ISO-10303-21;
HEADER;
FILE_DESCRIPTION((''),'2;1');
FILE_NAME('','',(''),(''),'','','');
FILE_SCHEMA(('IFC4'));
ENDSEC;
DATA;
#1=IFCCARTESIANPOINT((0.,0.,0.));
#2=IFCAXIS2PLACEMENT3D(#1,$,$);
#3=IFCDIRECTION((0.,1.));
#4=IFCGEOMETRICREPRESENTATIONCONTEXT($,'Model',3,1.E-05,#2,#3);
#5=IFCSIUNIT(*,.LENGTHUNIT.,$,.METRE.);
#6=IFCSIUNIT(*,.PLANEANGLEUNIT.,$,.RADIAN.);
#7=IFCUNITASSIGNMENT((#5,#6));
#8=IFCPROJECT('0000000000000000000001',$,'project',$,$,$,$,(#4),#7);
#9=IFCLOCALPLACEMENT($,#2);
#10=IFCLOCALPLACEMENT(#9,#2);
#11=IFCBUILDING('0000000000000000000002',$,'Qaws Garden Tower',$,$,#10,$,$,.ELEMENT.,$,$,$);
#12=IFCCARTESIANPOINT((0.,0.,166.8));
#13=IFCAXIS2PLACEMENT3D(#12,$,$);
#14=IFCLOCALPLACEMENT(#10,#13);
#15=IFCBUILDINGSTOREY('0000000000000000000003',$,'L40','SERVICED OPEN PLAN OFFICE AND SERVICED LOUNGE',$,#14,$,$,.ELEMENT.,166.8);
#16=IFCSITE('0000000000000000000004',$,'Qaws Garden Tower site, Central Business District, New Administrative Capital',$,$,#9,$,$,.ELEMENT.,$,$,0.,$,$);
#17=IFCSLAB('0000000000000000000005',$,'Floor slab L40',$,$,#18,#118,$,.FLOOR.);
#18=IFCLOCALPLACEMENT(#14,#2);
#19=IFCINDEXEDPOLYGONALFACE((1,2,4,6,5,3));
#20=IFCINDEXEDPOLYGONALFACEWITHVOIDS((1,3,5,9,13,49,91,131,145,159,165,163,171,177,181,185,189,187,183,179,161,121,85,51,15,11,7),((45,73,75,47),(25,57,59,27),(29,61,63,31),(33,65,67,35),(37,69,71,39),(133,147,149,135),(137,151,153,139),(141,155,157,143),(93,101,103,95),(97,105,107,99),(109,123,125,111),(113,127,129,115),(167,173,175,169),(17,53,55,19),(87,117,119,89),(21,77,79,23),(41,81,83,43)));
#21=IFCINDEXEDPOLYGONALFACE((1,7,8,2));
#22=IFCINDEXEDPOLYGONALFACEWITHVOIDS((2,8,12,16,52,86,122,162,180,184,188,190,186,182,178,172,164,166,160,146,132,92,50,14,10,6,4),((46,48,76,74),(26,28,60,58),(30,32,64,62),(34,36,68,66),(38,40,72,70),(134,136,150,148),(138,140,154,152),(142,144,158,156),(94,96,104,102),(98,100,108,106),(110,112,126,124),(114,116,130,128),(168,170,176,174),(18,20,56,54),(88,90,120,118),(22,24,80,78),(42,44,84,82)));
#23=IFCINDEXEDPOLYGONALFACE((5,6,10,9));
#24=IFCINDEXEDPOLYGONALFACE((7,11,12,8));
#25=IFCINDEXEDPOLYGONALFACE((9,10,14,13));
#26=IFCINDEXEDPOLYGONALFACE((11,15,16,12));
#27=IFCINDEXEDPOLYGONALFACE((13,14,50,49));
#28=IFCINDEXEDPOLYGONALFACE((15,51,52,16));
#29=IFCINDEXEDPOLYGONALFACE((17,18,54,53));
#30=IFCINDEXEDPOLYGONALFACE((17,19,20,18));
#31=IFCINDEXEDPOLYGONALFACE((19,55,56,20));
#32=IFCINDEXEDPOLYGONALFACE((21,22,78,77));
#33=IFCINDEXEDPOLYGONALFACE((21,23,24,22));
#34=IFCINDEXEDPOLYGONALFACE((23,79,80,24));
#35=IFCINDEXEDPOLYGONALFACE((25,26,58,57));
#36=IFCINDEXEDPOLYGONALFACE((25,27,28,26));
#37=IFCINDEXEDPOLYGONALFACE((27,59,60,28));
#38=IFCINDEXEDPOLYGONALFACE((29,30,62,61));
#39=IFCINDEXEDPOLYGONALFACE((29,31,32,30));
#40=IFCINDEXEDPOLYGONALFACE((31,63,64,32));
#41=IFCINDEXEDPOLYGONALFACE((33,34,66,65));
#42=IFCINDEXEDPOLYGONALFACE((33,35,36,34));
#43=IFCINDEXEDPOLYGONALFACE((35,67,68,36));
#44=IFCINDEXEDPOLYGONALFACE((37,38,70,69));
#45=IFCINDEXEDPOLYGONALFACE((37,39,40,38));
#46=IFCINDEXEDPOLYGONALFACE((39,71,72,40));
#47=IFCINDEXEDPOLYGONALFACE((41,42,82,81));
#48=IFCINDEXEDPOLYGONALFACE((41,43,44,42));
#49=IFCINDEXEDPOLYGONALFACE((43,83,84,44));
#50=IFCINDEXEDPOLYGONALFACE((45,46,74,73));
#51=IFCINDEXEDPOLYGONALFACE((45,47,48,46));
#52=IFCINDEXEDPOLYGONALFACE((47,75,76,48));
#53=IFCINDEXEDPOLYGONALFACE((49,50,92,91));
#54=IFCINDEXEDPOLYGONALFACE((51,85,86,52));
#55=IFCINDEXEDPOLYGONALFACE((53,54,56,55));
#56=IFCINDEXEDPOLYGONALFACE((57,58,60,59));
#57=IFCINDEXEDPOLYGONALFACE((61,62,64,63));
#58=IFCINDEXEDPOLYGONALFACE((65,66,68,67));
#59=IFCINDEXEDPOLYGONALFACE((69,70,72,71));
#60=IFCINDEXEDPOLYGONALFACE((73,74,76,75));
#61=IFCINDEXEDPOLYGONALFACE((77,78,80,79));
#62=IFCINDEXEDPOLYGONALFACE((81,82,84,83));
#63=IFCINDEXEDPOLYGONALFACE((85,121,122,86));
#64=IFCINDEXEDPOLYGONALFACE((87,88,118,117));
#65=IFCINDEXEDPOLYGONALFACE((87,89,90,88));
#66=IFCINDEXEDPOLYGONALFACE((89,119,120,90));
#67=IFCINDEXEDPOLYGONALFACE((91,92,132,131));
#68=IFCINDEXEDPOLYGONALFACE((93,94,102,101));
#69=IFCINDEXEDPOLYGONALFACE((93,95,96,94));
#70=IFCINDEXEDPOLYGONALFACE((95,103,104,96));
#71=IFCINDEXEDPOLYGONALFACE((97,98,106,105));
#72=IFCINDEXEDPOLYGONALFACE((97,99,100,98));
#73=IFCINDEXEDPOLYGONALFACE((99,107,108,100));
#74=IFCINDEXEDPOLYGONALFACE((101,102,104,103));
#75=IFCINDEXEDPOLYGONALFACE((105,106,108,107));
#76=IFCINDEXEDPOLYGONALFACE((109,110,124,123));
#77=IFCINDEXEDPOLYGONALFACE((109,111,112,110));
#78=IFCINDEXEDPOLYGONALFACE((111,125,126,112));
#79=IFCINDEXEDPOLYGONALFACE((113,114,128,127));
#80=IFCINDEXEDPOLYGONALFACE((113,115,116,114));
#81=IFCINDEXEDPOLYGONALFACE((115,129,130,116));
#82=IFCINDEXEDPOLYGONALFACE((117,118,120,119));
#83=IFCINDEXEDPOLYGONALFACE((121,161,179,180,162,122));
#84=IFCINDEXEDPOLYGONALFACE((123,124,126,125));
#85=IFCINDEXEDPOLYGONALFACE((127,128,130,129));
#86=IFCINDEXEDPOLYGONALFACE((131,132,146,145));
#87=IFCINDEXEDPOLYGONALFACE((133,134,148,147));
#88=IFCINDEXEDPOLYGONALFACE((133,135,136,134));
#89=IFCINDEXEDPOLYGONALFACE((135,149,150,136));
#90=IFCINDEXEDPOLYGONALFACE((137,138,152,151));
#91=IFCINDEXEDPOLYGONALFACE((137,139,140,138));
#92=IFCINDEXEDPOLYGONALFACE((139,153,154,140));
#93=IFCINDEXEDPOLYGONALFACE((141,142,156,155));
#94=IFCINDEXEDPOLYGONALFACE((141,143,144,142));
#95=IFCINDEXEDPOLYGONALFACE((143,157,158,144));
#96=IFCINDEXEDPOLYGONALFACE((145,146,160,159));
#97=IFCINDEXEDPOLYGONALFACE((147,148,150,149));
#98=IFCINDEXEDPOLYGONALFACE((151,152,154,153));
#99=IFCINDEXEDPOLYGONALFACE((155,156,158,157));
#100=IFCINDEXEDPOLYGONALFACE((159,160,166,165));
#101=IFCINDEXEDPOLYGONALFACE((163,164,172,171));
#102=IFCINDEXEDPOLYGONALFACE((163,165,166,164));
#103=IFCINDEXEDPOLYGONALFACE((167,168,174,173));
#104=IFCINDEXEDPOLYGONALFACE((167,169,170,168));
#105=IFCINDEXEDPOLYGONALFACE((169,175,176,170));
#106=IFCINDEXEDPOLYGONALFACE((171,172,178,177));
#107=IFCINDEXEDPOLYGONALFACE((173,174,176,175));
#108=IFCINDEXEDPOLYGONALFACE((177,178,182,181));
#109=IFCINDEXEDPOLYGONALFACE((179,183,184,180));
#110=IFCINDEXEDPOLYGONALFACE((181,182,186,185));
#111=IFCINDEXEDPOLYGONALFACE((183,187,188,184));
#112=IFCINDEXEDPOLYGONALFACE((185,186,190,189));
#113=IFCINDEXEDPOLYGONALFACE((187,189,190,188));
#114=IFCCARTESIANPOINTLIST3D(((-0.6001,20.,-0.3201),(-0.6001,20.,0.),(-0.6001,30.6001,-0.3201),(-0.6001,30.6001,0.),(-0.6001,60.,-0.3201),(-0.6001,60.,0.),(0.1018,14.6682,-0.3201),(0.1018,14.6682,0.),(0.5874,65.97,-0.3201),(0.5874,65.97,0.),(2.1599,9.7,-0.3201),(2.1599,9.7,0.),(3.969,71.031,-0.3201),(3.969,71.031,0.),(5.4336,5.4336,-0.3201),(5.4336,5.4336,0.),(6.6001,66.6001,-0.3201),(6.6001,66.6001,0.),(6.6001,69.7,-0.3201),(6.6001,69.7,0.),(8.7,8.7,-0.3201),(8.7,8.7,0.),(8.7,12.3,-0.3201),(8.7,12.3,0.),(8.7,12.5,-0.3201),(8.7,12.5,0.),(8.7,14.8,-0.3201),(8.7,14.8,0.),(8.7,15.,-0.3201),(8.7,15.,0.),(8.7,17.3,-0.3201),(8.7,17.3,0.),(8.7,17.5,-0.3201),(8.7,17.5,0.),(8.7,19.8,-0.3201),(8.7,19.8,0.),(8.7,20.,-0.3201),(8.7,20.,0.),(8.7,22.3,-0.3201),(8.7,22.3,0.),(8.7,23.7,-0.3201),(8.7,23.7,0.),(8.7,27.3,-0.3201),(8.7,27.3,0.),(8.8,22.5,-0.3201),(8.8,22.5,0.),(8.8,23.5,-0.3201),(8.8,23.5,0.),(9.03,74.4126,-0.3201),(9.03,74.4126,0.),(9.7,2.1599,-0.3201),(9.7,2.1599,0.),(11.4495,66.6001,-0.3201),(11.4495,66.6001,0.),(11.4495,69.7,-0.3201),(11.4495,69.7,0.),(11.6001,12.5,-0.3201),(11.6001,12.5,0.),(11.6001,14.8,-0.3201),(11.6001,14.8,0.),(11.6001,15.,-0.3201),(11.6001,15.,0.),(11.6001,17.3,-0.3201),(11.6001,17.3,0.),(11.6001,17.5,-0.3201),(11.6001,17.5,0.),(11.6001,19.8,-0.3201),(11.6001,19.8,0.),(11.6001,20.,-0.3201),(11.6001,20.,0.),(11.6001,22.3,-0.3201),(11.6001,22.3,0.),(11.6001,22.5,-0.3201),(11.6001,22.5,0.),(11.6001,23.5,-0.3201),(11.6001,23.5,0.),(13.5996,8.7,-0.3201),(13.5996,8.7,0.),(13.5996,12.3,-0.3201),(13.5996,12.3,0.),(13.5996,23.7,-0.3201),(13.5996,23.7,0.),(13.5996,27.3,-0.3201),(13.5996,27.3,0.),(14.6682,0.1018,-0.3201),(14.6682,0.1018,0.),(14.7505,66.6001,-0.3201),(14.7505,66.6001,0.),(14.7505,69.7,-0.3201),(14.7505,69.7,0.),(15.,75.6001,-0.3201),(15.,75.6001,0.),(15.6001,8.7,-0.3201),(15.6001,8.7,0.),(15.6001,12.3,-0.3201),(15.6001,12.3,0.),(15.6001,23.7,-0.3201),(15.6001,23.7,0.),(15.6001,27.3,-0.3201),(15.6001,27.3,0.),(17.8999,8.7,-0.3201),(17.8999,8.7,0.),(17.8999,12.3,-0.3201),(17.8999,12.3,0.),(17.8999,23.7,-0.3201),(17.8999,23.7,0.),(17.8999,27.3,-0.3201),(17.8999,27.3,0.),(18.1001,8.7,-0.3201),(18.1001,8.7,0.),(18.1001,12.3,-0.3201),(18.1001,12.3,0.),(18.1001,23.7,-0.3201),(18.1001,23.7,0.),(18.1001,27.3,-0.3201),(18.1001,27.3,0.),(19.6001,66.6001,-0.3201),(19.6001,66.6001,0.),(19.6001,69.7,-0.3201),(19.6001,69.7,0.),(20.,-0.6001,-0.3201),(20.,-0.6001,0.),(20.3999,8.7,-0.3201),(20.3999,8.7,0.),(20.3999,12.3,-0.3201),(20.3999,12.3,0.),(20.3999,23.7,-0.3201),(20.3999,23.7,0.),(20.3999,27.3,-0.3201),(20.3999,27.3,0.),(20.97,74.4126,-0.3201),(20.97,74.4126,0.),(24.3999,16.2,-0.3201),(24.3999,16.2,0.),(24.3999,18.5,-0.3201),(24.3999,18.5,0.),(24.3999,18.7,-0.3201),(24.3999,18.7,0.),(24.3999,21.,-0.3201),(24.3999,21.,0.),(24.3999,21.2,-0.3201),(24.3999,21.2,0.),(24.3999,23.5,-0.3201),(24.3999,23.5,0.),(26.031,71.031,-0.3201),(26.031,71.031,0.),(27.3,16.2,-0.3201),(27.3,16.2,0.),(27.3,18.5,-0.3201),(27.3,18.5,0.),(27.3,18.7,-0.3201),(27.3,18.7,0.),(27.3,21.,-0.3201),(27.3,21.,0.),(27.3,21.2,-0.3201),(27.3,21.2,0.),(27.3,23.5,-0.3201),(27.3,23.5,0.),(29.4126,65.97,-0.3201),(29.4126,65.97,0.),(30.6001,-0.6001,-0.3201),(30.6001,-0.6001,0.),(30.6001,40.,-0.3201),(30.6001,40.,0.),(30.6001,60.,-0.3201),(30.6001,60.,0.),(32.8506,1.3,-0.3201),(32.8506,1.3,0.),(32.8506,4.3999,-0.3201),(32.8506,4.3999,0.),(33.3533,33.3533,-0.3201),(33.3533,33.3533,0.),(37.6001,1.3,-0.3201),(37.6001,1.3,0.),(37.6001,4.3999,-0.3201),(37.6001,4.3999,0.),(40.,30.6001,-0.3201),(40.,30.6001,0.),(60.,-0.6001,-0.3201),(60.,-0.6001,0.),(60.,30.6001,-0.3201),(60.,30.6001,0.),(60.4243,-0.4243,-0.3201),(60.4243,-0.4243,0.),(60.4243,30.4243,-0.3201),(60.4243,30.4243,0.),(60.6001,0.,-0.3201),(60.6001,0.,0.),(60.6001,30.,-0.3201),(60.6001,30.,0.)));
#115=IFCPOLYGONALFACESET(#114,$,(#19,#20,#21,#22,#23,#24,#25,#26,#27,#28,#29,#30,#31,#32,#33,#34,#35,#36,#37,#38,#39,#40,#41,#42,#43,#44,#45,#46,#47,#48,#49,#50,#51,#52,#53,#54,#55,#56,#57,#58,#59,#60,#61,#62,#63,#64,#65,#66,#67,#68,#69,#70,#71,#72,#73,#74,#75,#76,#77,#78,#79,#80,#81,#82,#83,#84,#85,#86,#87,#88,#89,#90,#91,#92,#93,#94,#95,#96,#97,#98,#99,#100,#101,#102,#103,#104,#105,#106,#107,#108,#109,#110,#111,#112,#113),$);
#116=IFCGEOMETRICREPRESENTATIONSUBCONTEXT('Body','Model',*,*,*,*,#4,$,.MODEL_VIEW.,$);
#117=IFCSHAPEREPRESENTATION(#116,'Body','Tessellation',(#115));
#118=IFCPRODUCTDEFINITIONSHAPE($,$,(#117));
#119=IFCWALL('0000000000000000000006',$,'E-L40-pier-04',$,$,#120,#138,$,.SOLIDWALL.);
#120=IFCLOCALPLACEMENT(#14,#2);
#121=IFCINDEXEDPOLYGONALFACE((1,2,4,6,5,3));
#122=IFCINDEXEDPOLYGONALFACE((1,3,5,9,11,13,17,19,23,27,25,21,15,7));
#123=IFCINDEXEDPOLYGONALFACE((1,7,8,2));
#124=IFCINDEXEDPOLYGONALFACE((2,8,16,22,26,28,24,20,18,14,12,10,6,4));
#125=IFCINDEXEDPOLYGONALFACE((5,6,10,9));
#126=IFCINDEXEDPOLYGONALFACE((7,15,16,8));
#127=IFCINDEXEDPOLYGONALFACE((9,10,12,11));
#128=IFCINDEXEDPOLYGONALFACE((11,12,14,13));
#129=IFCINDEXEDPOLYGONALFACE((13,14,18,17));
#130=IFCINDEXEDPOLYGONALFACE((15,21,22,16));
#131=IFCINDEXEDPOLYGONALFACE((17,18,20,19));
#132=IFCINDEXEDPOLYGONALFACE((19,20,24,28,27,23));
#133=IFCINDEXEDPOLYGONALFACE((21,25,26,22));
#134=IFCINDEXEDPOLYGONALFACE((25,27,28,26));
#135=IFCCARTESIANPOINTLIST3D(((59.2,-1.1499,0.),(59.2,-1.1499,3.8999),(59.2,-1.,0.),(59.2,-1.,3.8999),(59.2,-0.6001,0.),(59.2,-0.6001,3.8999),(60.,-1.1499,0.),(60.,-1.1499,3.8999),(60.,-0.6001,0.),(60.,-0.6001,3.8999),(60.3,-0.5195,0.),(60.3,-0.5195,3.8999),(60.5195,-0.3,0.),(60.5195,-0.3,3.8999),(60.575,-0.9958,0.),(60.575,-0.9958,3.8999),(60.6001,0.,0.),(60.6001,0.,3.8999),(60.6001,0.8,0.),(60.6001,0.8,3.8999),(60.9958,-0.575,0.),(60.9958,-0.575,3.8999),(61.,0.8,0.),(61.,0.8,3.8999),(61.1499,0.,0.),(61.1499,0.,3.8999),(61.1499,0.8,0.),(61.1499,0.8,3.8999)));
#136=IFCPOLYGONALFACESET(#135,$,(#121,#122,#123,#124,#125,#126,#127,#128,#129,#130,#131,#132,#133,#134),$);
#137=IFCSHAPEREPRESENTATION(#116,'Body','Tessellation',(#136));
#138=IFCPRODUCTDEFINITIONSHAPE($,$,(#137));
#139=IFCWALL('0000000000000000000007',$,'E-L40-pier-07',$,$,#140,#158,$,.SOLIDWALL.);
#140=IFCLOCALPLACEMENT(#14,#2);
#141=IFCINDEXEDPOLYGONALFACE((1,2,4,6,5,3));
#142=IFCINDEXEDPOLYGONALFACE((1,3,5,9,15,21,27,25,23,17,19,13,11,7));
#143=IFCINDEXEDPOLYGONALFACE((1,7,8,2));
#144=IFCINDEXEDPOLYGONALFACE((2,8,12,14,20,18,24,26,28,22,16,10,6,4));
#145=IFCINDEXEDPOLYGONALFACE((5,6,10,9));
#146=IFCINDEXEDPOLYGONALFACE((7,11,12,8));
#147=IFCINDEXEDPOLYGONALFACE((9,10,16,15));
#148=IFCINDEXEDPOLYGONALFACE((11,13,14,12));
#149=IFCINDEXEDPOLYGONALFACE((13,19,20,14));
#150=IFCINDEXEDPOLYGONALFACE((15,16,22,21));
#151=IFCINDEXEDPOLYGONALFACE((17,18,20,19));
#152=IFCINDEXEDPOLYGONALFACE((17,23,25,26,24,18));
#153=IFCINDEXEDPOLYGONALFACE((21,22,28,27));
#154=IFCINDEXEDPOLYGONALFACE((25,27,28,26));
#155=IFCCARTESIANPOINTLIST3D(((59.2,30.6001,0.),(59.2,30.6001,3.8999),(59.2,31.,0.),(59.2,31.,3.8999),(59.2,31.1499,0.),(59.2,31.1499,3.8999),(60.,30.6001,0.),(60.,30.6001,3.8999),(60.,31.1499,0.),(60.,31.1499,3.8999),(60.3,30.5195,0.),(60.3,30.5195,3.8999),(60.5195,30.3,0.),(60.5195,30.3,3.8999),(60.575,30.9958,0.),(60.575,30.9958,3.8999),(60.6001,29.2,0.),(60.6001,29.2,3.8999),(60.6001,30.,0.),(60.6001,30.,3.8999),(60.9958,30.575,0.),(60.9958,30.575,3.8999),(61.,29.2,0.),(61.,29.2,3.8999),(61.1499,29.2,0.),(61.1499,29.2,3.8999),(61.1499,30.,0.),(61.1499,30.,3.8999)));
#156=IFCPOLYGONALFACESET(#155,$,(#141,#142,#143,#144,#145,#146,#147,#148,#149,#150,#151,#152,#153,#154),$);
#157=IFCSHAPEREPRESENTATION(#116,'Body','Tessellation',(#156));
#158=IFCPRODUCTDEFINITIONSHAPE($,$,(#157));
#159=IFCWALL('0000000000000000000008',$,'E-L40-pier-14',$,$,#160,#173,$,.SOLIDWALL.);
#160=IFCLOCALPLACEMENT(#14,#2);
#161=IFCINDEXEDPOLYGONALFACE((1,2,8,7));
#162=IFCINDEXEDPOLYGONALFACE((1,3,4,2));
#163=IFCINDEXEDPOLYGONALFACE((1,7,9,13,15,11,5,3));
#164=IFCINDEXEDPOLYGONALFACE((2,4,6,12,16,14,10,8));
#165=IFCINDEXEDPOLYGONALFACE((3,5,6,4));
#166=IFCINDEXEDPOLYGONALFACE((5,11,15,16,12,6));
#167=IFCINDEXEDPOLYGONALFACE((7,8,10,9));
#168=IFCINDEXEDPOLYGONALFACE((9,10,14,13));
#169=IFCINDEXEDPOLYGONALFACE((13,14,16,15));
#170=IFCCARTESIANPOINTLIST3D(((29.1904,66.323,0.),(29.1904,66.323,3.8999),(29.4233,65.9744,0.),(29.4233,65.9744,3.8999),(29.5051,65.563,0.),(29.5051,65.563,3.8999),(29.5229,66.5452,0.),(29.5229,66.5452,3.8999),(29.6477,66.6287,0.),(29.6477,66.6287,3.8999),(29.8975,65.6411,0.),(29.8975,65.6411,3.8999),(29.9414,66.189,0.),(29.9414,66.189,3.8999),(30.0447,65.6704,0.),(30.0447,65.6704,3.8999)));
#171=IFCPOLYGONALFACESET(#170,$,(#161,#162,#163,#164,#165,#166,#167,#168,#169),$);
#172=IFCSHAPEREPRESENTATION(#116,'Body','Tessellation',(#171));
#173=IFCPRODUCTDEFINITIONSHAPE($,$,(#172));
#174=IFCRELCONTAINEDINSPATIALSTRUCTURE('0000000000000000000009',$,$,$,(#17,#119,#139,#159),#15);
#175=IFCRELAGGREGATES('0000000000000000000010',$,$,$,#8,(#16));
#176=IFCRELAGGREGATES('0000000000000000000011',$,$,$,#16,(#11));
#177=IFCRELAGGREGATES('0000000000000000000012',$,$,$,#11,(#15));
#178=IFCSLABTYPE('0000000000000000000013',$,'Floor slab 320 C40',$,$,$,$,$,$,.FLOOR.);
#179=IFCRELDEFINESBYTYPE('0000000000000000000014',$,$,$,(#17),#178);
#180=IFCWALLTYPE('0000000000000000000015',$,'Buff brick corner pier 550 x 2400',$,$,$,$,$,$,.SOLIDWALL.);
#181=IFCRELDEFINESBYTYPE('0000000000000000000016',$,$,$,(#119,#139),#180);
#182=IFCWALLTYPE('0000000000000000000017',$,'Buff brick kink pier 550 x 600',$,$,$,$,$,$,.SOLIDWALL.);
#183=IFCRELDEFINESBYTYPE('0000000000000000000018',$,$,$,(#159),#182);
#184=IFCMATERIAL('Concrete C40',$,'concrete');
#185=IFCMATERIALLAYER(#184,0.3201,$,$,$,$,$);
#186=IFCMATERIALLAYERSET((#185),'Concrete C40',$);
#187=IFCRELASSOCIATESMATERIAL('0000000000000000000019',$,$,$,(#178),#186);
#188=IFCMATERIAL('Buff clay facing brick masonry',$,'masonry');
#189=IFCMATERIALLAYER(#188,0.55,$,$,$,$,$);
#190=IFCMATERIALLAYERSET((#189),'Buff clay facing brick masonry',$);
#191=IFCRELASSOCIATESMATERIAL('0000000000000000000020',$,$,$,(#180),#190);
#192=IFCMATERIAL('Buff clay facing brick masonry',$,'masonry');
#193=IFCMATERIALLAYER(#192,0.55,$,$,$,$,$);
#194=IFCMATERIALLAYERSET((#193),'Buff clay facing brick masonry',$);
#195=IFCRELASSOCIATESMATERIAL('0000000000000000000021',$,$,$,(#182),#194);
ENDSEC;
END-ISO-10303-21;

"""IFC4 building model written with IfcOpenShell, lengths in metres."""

from ifc_helpers import new_model, si_unit, direction, frame, origin, place, context, subcontext, project, spatial, polyline, outline, extrude, material, layer, layer_set, type_object, element, save


model = new_model("IFC4")

# Units and contexts
model_context = context("Model", 3, precision=1e-05, world=origin(), true_north=direction((0.0, 1.0)))
body_context = subcontext(model_context, "Body", "Model", "MODEL_VIEW")
ifc_project = project(units=[si_unit("LENGTHUNIT", "METRE"), si_unit("PLANEANGLEUNIT", "RADIAN")], contexts=[model_context])

# Site, building, storey
site_placement = place(None, origin())
site = spatial("IfcSite", under=ifc_project, at=site_placement, Name="Qaws Garden Tower site, Central Business District, New Administrative Capital", CompositionType="ELEMENT", RefElevation=0.0)
building_placement = place(site_placement, origin())
building = spatial("IfcBuilding", under=site, at=building_placement, Name="Qaws Garden Tower", CompositionType="ELEMENT")
storey_placement = place(building_placement, frame((0.0, 0.0, 166.8)))
storey = spatial("IfcBuildingStorey", under=building, at=storey_placement, Name="L40", Description="SERVICED OPEN PLAN OFFICE AND SERVICED LOUNGE", CompositionType="ELEMENT", Elevation=166.8)

# Slab
ifc_material_1 = material(Name="Concrete C40", Category="concrete")
ifc_layer_1 = layer(ifc_material_1, 0.3201)
ifc_layer_set_1 = layer_set([ifc_layer_1], Name="Concrete C40")
slab_type = type_object("IfcSlabType", Name="Floor slab 320 C40", PredefinedType="FLOOR", material=ifc_layer_set_1)
slab_placement = place(storey_placement, frame((0.0, 0.0, -0.3201)))
element("IfcSlab", 1, at=slab_placement, inside=storey, type_object=slab_type, Name="Floor slab L40", PredefinedType="FLOOR", context=body_context, shape_type="SweptSolid", body=[
    extrude(outline(polyline([(0.1018, 14.6682), (-0.6001, 20.0), (-0.6001, 30.6001), (-0.6001, 60.0), (-0.6001, 60.0), (0.5874, 65.97), (3.969, 71.031), (9.03, 74.4126), (15.0, 75.6001), (20.97, 74.4126), (26.031, 71.031), (29.4126, 65.97), (30.6001, 60.0), (30.6001, 40.0), (33.3533, 33.3533), (40.0, 30.6001), (60.0, 30.6001), (60.4243, 30.4243), (60.6001, 30.0), (60.6001, 0.0), (60.4243, -0.4243), (60.0, -0.6001), (30.6001, -0.6001), (20.0, -0.6001), (14.6682, 0.1018), (9.7, 2.1599), (5.4336, 5.4336), (2.1599, 9.7), (0.1018, 14.6682)]), holes=[polyline([(13.5996, 12.3), (8.7, 12.3), (8.7, 8.7), (13.5996, 8.7), (13.5996, 12.3)]), polyline([(17.8999, 12.3), (15.6001, 12.3), (15.6001, 8.7), (17.8999, 8.7), (17.8999, 12.3)]), polyline([(11.6001, 14.8), (8.7, 14.8), (8.7, 12.5), (11.6001, 12.5), (11.6001, 14.8)]), polyline([(11.6001, 17.3), (8.7, 17.3), (8.7, 15.0), (11.6001, 15.0), (11.6001, 17.3)]), polyline([(11.6001, 19.8), (8.7, 19.8), (8.7, 17.5), (11.6001, 17.5), (11.6001, 19.8)]), polyline([(11.6001, 22.3), (8.7, 22.3), (8.7, 20.0), (11.6001, 20.0), (11.6001, 22.3)]), polyline([(11.6001, 23.5), (8.8, 23.5), (8.8, 22.5), (11.6001, 22.5), (11.6001, 23.5)]), polyline([(13.5996, 27.3), (8.7, 27.3), (8.7, 23.7), (13.5996, 23.7), (13.5996, 27.3)]), polyline([(11.4495, 69.7), (6.6001, 69.7), (6.6001, 66.6001), (11.4495, 66.6001), (11.4495, 69.7)]), polyline([(37.6001, 4.3999), (32.8506, 4.3999), (32.8506, 1.3), (37.6001, 1.3), (37.6001, 4.3999)]), polyline([(20.3999, 12.3), (18.1001, 12.3), (18.1001, 8.7), (20.3999, 8.7), (20.3999, 12.3)]), polyline([(27.3, 18.5), (24.3999, 18.5), (24.3999, 16.2), (27.3, 16.2), (27.3, 18.5)]), polyline([(27.3, 21.0), (24.3999, 21.0), (24.3999, 18.7), (27.3, 18.7), (27.3, 21.0)]), polyline([(27.3, 23.5), (24.3999, 23.5), (24.3999, 21.2), (27.3, 21.2), (27.3, 23.5)]), polyline([(17.8999, 27.3), (15.6001, 27.3), (15.6001, 23.7), (17.8999, 23.7), (17.8999, 27.3)]), polyline([(20.3999, 23.7), (20.3999, 27.3), (18.1001, 27.3), (18.1001, 23.7), (20.3999, 23.7)]), polyline([(19.6001, 66.6001), (19.6001, 69.7), (14.7505, 69.7), (14.7505, 66.6001), (19.6001, 66.6001)])]), origin(), (0.0, 0.0, 1.0), 0.3201),
])

# Walls
ifc_material_2 = material(Name="Buff clay facing brick masonry", Category="masonry")
ifc_layer_2 = layer(ifc_material_2, 0.55)
ifc_layer_set_2 = layer_set([ifc_layer_2], Name="Buff clay facing brick masonry")
wall_type_1 = type_object("IfcWallType", Name="Buff brick corner pier 550 x 2400", PredefinedType="SOLIDWALL", material=ifc_layer_set_2)
placement = place(storey_placement, origin())
element("IfcWall", 2, at=placement, inside=storey, type_object=wall_type_1, Name="E-L40-pier-04", PredefinedType="SOLIDWALL", context=body_context, shape_type="SweptSolid", body=[
    extrude(outline(polyline([(59.2, -1.0), (59.2, -1.1499), (60.0, -1.1499), (60.575, -0.9958), (60.9958, -0.575), (61.1499, 0.0), (61.1499, 0.8), (61.0, 0.8), (60.6001, 0.8), (60.6001, 0.0), (60.5195, -0.3), (60.3, -0.5195), (60.0, -0.6001), (59.2, -0.6001), (59.2, -1.0)])), origin(), (0.0, 0.0, 1.0), 3.8999),
])
element("IfcWall", 3, at=placement, inside=storey, type_object=wall_type_1, Name="E-L40-pier-07", PredefinedType="SOLIDWALL", context=body_context, shape_type="SweptSolid", body=[
    extrude(outline(polyline([(61.0, 29.2), (61.1499, 29.2), (61.1499, 30.0), (60.9958, 30.575), (60.575, 30.9958), (60.0, 31.1499), (59.2, 31.1499), (59.2, 31.0), (59.2, 30.6001), (60.0, 30.6001), (60.3, 30.5195), (60.5195, 30.3), (60.6001, 30.0), (60.6001, 29.2), (61.0, 29.2)])), origin(), (0.0, 0.0, 1.0), 3.8999),
])
ifc_material_3 = material(Name="Buff clay facing brick masonry", Category="masonry")
ifc_layer_3 = layer(ifc_material_3, 0.55)
ifc_layer_set_3 = layer_set([ifc_layer_3], Name="Buff clay facing brick masonry")
wall_type_2 = type_object("IfcWallType", Name="Buff brick kink pier 550 x 600", PredefinedType="SOLIDWALL", material=ifc_layer_set_3)
element("IfcWall", 4, at=placement, inside=storey, type_object=wall_type_2, Name="E-L40-pier-14", PredefinedType="SOLIDWALL", context=body_context, shape_type="SweptSolid", body=[
    extrude(outline(polyline([(29.8975, 65.6411), (30.0447, 65.6704), (29.9414, 66.189), (29.6477, 66.6287), (29.5229, 66.5452), (29.1904, 66.323), (29.4233, 65.9744), (29.5051, 65.563), (29.8975, 65.6411)])), origin(), (0.0, 0.0, 1.0), 3.8999),
])

save(model, "model.ifc")
